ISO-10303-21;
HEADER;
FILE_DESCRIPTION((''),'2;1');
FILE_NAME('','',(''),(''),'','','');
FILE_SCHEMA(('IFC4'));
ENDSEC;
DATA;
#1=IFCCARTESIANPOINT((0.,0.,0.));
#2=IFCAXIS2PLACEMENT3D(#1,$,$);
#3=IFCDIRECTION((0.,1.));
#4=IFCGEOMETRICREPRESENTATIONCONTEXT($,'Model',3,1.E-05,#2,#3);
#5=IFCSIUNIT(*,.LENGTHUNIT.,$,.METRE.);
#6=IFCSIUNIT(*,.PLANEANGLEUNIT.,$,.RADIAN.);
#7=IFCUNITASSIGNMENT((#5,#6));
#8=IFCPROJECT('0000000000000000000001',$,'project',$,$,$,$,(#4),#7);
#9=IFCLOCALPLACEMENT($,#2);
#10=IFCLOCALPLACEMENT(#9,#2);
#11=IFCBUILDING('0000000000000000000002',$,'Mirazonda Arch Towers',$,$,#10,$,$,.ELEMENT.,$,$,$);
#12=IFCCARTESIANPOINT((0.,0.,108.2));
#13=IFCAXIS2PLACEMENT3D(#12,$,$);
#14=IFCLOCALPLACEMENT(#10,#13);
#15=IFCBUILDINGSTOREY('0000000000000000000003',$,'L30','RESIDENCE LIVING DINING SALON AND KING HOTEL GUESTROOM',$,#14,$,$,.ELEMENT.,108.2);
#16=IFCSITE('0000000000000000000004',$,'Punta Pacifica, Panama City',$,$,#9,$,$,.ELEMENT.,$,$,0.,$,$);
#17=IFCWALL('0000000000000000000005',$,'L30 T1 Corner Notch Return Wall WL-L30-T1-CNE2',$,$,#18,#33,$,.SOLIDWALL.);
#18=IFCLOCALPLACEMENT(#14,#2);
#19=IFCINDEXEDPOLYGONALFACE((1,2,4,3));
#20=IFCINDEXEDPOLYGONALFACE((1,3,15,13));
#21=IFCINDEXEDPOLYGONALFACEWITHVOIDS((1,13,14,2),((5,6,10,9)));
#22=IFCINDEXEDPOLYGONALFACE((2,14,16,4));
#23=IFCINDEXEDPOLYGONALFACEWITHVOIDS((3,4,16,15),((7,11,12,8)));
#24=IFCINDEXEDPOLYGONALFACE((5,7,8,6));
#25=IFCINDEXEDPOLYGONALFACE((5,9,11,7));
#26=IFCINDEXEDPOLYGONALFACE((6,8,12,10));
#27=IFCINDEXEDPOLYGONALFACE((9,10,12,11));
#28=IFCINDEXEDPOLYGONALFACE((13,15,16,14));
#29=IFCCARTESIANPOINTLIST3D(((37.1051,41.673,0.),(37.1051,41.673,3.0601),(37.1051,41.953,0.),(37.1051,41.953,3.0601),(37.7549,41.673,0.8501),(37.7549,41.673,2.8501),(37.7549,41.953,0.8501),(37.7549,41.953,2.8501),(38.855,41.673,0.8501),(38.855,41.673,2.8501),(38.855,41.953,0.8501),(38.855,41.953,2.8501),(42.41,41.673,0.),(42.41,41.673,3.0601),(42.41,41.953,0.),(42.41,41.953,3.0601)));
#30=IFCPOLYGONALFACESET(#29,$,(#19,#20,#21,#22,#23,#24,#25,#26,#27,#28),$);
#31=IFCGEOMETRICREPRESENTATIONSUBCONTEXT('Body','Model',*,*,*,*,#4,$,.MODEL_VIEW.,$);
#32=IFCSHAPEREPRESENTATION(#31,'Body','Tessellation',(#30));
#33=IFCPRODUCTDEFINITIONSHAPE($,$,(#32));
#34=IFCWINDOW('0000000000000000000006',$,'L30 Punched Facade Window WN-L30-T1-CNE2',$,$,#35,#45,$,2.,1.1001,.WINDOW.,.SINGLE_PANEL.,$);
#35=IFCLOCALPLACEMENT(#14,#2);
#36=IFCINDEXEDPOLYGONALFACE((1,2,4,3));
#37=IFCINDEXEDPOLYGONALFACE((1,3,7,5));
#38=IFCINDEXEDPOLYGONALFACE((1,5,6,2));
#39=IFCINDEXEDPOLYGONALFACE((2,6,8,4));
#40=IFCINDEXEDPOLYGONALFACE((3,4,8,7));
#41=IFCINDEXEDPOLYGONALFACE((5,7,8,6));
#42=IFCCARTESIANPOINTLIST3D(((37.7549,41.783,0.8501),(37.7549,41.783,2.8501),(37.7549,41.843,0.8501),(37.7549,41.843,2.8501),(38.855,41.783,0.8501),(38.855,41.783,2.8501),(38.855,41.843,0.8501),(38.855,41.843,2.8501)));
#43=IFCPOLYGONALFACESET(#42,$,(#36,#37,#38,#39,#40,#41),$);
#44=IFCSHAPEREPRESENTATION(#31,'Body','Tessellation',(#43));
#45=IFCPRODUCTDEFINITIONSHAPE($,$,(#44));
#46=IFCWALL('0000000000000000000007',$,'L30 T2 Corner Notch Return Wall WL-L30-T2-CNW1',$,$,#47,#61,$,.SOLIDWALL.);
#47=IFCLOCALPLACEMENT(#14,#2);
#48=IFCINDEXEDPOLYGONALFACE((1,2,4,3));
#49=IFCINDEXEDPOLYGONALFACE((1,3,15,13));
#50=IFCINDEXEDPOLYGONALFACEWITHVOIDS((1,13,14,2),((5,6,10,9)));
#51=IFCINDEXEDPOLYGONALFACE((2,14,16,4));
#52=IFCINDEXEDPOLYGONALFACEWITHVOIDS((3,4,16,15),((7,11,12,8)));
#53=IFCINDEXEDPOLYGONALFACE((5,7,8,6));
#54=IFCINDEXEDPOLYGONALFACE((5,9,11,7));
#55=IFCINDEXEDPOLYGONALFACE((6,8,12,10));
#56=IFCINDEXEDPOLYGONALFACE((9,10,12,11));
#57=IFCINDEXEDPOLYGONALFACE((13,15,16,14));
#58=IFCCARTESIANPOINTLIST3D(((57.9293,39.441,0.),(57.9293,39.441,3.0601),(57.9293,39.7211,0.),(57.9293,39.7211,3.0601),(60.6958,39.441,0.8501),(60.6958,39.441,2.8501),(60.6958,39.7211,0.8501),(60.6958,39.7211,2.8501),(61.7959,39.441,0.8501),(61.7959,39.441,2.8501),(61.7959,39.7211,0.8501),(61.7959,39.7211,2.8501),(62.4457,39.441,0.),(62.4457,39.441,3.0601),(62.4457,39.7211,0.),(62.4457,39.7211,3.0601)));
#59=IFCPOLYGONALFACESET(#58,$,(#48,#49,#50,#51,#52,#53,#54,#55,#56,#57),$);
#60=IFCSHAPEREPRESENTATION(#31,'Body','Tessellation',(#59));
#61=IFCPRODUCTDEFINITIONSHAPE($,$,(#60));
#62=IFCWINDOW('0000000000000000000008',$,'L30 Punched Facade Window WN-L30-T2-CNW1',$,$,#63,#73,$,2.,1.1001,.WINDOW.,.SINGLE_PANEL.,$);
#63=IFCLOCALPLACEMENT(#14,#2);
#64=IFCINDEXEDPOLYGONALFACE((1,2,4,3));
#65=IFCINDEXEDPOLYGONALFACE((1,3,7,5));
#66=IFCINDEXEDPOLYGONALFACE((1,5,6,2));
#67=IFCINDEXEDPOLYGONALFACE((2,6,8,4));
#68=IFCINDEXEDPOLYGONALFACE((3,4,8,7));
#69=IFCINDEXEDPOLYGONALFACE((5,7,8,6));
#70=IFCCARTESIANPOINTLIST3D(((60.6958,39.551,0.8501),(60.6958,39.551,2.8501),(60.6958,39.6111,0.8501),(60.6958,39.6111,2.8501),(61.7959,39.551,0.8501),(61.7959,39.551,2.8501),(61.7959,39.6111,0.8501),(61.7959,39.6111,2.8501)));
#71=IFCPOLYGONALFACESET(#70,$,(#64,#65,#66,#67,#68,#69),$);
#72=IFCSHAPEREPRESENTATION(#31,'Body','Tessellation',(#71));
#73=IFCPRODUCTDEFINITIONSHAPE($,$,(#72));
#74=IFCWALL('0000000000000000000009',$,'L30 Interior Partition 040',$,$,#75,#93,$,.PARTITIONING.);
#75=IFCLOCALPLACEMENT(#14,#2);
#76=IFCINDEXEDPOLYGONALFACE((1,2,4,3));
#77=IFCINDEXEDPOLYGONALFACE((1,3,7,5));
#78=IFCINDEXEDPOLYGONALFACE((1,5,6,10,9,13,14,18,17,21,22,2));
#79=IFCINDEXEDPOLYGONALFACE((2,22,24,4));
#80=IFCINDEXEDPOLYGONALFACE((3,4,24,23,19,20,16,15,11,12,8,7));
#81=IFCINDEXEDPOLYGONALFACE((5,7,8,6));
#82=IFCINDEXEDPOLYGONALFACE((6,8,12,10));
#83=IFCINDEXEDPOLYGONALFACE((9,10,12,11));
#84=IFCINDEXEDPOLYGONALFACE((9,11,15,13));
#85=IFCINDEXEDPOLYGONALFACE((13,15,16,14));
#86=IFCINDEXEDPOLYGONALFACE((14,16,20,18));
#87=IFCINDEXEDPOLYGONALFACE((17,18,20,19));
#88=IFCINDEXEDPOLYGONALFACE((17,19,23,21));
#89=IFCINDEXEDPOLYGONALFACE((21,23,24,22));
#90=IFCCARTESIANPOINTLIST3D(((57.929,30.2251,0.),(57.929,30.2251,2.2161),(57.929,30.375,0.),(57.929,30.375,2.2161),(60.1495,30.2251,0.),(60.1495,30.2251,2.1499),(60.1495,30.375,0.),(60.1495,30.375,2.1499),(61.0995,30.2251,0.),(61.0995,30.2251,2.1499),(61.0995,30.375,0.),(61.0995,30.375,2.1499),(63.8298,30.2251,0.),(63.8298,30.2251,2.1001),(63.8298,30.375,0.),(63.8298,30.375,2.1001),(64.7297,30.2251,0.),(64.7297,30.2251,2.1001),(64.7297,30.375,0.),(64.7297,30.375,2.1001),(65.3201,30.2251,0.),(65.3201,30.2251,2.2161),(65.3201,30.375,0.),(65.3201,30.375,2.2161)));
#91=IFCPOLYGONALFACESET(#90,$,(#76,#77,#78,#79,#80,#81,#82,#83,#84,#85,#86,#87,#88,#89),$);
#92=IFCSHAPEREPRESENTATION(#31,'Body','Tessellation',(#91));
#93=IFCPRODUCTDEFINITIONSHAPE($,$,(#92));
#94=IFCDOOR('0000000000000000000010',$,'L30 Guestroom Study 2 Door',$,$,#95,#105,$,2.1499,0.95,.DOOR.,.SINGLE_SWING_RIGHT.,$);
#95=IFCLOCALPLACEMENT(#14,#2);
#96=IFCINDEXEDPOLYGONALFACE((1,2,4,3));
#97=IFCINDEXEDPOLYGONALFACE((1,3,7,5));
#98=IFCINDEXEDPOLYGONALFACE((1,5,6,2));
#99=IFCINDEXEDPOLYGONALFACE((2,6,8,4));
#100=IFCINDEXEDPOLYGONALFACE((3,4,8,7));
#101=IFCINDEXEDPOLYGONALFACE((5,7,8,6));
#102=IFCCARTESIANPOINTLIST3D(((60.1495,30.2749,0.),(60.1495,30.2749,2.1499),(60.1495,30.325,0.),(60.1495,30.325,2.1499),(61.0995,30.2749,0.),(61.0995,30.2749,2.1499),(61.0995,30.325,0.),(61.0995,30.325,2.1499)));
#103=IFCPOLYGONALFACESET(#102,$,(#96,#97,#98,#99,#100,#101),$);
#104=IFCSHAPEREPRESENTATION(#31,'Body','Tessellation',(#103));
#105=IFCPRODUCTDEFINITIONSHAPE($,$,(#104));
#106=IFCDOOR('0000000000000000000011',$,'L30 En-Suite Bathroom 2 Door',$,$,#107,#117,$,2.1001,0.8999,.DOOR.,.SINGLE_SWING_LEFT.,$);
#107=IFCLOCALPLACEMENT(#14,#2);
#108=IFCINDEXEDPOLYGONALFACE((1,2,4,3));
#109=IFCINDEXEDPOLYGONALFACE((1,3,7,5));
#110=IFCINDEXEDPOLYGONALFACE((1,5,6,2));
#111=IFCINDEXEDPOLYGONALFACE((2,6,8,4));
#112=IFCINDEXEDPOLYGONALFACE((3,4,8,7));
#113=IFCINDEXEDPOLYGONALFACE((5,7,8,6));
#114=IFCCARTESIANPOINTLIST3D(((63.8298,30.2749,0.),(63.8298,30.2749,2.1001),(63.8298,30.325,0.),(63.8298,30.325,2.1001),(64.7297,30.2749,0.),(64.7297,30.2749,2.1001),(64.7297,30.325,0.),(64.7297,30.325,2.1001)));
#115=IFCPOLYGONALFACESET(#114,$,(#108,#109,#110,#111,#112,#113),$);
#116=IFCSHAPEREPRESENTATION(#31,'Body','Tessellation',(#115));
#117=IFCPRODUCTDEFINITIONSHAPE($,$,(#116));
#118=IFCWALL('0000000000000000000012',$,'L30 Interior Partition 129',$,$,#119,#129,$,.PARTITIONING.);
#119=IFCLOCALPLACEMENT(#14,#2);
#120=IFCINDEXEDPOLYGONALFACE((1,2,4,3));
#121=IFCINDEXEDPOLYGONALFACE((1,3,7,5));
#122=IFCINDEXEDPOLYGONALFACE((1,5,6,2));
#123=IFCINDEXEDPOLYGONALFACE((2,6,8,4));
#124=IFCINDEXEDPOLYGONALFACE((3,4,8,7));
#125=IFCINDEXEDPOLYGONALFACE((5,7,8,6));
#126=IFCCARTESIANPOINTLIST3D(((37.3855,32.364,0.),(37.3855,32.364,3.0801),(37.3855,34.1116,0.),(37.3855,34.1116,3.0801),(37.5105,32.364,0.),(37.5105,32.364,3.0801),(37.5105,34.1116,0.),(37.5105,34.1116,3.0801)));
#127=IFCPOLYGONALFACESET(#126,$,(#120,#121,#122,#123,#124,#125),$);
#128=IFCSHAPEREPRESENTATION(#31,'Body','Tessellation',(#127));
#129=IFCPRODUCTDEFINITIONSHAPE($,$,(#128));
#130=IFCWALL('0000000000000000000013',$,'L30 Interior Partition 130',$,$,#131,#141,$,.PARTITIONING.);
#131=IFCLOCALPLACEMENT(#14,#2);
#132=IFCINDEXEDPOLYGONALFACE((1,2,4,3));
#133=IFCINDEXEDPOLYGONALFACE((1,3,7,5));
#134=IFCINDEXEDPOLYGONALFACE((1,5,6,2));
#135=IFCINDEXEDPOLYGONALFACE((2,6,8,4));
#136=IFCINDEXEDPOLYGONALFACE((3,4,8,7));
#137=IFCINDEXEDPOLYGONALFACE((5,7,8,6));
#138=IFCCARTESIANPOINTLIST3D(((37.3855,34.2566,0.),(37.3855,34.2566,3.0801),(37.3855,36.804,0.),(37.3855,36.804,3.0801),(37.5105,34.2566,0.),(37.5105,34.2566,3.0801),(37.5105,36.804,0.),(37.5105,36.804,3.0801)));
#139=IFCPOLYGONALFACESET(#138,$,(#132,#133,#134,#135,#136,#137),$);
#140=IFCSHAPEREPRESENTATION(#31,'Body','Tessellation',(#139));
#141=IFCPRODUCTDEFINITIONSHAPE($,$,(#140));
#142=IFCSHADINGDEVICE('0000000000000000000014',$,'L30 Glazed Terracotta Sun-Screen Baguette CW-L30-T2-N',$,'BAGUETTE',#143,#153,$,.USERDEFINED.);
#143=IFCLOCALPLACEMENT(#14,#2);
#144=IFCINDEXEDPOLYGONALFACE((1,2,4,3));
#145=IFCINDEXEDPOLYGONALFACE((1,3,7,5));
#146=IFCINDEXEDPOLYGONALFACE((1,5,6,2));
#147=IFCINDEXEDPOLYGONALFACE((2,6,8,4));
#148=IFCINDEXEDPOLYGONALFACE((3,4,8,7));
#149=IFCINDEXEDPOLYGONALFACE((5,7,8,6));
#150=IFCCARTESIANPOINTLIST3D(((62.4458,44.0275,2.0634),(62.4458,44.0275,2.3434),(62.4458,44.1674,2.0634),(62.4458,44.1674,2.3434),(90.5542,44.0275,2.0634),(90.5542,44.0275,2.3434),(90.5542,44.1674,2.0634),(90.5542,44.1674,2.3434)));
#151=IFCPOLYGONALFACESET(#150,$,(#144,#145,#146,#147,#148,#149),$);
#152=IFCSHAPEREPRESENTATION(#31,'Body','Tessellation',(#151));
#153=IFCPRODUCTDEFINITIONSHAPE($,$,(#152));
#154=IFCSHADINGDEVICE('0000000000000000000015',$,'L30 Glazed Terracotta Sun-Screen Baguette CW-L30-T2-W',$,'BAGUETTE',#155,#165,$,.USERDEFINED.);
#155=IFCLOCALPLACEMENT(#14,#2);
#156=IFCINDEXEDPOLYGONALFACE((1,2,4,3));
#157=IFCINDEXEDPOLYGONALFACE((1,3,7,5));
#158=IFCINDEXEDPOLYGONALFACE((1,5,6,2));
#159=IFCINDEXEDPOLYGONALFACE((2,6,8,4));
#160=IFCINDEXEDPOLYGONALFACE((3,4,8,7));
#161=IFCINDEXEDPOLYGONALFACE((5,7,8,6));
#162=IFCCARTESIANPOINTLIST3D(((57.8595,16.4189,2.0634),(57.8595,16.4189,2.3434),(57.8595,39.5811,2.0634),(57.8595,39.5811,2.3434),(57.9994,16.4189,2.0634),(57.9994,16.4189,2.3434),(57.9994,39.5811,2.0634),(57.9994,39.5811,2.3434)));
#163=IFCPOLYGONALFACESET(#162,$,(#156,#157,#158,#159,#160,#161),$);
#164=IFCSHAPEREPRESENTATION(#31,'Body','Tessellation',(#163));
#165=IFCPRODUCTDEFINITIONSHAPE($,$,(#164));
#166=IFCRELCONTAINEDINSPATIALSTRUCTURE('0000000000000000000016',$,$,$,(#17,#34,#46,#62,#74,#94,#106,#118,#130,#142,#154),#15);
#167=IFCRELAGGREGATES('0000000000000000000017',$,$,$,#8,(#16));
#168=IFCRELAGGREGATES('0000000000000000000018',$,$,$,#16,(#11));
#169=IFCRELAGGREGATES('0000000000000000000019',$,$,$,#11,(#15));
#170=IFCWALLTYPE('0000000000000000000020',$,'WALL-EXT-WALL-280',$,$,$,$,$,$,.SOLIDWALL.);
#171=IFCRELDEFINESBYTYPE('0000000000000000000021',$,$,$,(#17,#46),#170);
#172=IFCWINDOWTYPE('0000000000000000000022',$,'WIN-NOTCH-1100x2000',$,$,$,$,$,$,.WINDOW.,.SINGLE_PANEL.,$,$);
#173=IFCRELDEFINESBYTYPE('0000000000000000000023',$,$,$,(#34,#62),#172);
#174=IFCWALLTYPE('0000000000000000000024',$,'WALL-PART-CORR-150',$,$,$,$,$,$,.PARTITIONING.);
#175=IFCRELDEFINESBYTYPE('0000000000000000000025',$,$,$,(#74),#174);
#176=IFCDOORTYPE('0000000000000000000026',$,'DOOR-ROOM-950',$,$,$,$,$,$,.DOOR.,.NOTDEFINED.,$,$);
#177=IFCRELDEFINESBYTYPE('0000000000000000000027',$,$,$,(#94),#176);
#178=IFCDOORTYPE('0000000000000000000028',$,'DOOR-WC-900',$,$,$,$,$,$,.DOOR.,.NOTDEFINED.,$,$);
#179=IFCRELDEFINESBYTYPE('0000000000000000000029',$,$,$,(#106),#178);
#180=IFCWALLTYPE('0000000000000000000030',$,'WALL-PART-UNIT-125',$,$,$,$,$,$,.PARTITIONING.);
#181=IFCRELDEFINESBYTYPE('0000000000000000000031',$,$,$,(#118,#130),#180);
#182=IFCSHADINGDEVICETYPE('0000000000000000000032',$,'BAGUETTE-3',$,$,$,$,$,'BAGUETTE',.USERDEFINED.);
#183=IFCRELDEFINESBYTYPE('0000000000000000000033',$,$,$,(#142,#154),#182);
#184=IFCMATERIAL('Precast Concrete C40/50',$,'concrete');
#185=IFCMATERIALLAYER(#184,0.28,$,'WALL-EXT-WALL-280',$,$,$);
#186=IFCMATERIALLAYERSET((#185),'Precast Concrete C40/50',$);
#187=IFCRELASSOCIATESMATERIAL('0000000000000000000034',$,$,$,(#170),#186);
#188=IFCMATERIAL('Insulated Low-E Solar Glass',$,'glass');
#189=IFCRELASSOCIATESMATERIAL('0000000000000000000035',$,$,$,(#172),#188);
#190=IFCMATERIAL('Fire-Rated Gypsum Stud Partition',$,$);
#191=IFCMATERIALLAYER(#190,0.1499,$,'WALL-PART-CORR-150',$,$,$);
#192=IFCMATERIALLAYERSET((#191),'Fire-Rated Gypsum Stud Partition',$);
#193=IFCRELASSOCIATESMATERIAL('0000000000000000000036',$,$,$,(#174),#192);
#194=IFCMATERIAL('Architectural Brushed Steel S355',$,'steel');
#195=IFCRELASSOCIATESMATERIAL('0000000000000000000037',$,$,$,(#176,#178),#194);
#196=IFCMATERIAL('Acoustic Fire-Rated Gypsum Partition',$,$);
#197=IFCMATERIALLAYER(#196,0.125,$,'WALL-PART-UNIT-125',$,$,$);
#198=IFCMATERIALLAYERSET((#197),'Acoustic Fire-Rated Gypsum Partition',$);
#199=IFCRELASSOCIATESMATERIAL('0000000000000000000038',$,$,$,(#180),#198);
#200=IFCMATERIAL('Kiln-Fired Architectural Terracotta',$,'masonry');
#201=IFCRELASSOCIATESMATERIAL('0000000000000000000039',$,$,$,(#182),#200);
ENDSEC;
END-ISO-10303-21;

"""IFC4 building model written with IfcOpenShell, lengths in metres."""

from ifc_helpers import new_model, si_unit, direction, frame, frame_2d, origin, origin_2d, place, context, subcontext, project, spatial, rectangle, extrude, material, layer, layer_set, material_profile, profile_set, type_object, element, fill, save


model = new_model("IFC4")

# Units and contexts
model_context = context("Model", 3, precision=1e-05, world=origin(), true_north=direction((0.0, 1.0)))
body_context = subcontext(model_context, "Body", "Model", "MODEL_VIEW")
ifc_project = project(units=[si_unit("LENGTHUNIT", "METRE"), si_unit("PLANEANGLEUNIT", "RADIAN")], contexts=[model_context])

# Site, building, storey
site_placement = place(None, origin())
site = spatial("IfcSite", under=ifc_project, at=site_placement, Name="Punta Pacifica, Panama City", CompositionType="ELEMENT", RefElevation=0.0)
building_placement = place(site_placement, origin())
building = spatial("IfcBuilding", under=site, at=building_placement, Name="Mirazonda Arch Towers", CompositionType="ELEMENT")
storey_placement = place(building_placement, frame((0.0, 0.0, 108.2)))
storey = spatial("IfcBuildingStorey", under=building, at=storey_placement, Name="L30", Description="RESIDENCE LIVING DINING SALON AND KING HOTEL GUESTROOM", CompositionType="ELEMENT", Elevation=108.2)

# Shared definitions
ifc_material_1 = material(Name="Insulated Low-E Solar Glass", Category="glass")

# Walls, openings, windows
ifc_material_2 = material(Name="Precast Concrete C40/50", Category="concrete")
ifc_layer_1 = layer(ifc_material_2, 0.28, Name="WALL-EXT-WALL-280")
ifc_layer_set_1 = layer_set([ifc_layer_1], Name="Precast Concrete C40/50")
wall_type_1 = type_object("IfcWallType", Name="WALL-EXT-WALL-280", PredefinedType="SOLIDWALL", material=ifc_layer_set_1)
window_type = type_object("IfcWindowType", Name="WIN-NOTCH-1100x2000", PartitioningType="SINGLE_PANEL", PredefinedType="WINDOW", material=ifc_material_1)
wall_1_placement = place(storey_placement, frame((42.4099, 41.813, 0.0), z_axis=(0.0, 0.0, 1.0), x_axis=(-1.0, 0.0, 0.0)))
wall_1 = element("IfcWall", 1, at=wall_1_placement, inside=storey, type_object=wall_type_1, Name="L30 T1 Corner Notch Return Wall WL-L30-T1-CNE2", PredefinedType="SOLIDWALL", context=body_context, shape_type="SweptSolid", body=[
    extrude(rectangle(XDim=5.3049, YDim=0.28, at=frame_2d((2.6523, 0.0))), origin(), (0.0, 0.0, 1.0), 3.0601),
])
opening_1_placement = place(wall_1_placement, frame((3.5549, 0.0, 0.8501)))
opening_1 = element("IfcOpeningElement", 2, at=opening_1_placement, cuts=wall_1, PredefinedType="OPENING", context=body_context, shape_type="SweptSolid", body=[
    extrude(rectangle(XDim=1.1001, YDim=2.0, at=frame_2d((0.55, 1.0))), frame((0.0, 0.1499, 0.0), z_axis=(0.0, -1.0, 0.0), x_axis=(1.0, 0.0, 0.0)), (0.0, 0.0, 1.0), 0.3),
])
window_1_placement = place(opening_1_placement, origin())
window_1 = element("IfcWindow", 3, at=window_1_placement, inside=storey, type_object=window_type, Name="L30 Punched Facade Window WN-L30-T1-CNE2", OverallHeight=2.0, OverallWidth=1.1001, PartitioningType="SINGLE_PANEL", PredefinedType="WINDOW", context=body_context, shape_type="SweptSolid", body=[
    extrude(rectangle(XDim=1.1001, YDim=2.0, at=frame_2d((0.55, 1.0))), frame((0.0, 0.03, 0.0), z_axis=(0.0, -1.0, 0.0), x_axis=(1.0, 0.0, 0.0)), (0.0, 0.0, 1.0), 0.0601),
])
fill(opening_1, window_1)
wall_2_placement = place(storey_placement, frame((62.4458, 39.5811, 0.0), z_axis=(0.0, 0.0, 1.0), x_axis=(-1.0, 0.0, 0.0)))
wall_2 = element("IfcWall", 4, at=wall_2_placement, inside=storey, type_object=wall_type_1, Name="L30 T2 Corner Notch Return Wall WL-L30-T2-CNW1", PredefinedType="SOLIDWALL", context=body_context, shape_type="SweptSolid", body=[
    extrude(rectangle(XDim=4.5164, YDim=0.28, at=frame_2d((2.2583, 0.0))), origin(), (0.0, 0.0, 1.0), 3.0601),
])
opening_2_placement = place(wall_2_placement, frame((0.6499, 0.0, 0.8501)))
opening_2 = element("IfcOpeningElement", 5, at=opening_2_placement, cuts=wall_2, PredefinedType="OPENING", context=body_context, shape_type="SweptSolid", body=[
    extrude(rectangle(XDim=1.1001, YDim=2.0, at=frame_2d((0.55, 1.0))), frame((0.0, 0.1499, 0.0), z_axis=(0.0, -1.0, 0.0), x_axis=(1.0, 0.0, 0.0)), (0.0, 0.0, 1.0), 0.3),
])
window_2_placement = place(opening_2_placement, origin())
window_2 = element("IfcWindow", 6, at=window_2_placement, inside=storey, type_object=window_type, Name="L30 Punched Facade Window WN-L30-T2-CNW1", OverallHeight=2.0, OverallWidth=1.1001, PartitioningType="SINGLE_PANEL", PredefinedType="WINDOW", context=body_context, shape_type="SweptSolid", body=[
    extrude(rectangle(XDim=1.1001, YDim=2.0, at=frame_2d((0.55, 1.0))), frame((0.0, 0.03, 0.0), z_axis=(0.0, -1.0, 0.0), x_axis=(1.0, 0.0, 0.0)), (0.0, 0.0, 1.0), 0.0601),
])
fill(opening_2, window_2)

# Wall, openings, doors
ifc_material_3 = material(Name="Fire-Rated Gypsum Stud Partition")
ifc_layer_2 = layer(ifc_material_3, 0.1499, Name="WALL-PART-CORR-150")
ifc_layer_set_2 = layer_set([ifc_layer_2], Name="Fire-Rated Gypsum Stud Partition")
wall_type_2 = type_object("IfcWallType", Name="WALL-PART-CORR-150", PredefinedType="PARTITIONING", material=ifc_layer_set_2)
wall_3_placement = place(storey_placement, frame((57.929, 30.3, 0.0), z_axis=(0.0, 0.0, 1.0), x_axis=(1.0, 0.0, 0.0)))
wall_3 = element("IfcWall", 7, at=wall_3_placement, inside=storey, type_object=wall_type_2, Name="L30 Interior Partition 040", PredefinedType="PARTITIONING", context=body_context, shape_type="SweptSolid", body=[
    extrude(rectangle(XDim=7.3911, YDim=0.1499, at=frame_2d((3.6956, 0.0))), origin(), (0.0, 0.0, 1.0), 2.2161),
])
opening_3_placement = place(wall_3_placement, frame((2.2205, 0.0, 0.0)))
opening_3 = element("IfcOpeningElement", 8, at=opening_3_placement, cuts=wall_3, PredefinedType="OPENING", context=body_context, shape_type="SweptSolid", body=[
    extrude(rectangle(XDim=0.95, YDim=2.1499, at=frame_2d((0.4751, 1.075))), frame((0.0, 0.085, 0.0), z_axis=(0.0, -1.0, 0.0), x_axis=(1.0, 0.0, 0.0)), (0.0, 0.0, 1.0), 0.1699),
])
opening_4_placement = place(wall_3_placement, frame((5.9009, 0.0, 0.0)))
opening_4 = element("IfcOpeningElement", 9, at=opening_4_placement, cuts=wall_3, PredefinedType="OPENING", context=body_context, shape_type="SweptSolid", body=[
    extrude(rectangle(XDim=0.8999, YDim=2.1001, at=frame_2d((0.45, 1.05))), frame((0.0, 0.085, 0.0), z_axis=(0.0, -1.0, 0.0), x_axis=(1.0, 0.0, 0.0)), (0.0, 0.0, 1.0), 0.1699),
])
ifc_material_4 = material(Name="Architectural Brushed Steel S355", Category="steel")
door_type_1 = type_object("IfcDoorType", Name="DOOR-ROOM-950", OperationType="NOTDEFINED", PredefinedType="DOOR", material=ifc_material_4)
door_1_placement = place(opening_3_placement, origin())
door_1 = element("IfcDoor", 10, at=door_1_placement, inside=storey, type_object=door_type_1, Name="L30 Guestroom Study 2 Door", OperationType="SINGLE_SWING_RIGHT", OverallHeight=2.1499, OverallWidth=0.95, PredefinedType="DOOR", context=body_context, shape_type="SweptSolid", body=[
    extrude(rectangle(XDim=0.95, YDim=2.1499, at=frame_2d((0.4751, 1.075))), frame((0.0, 0.0249, 0.0), z_axis=(0.0, -1.0, 0.0), x_axis=(1.0, 0.0, 0.0)), (0.0, 0.0, 1.0), 0.05),
])
fill(opening_3, door_1)
door_type_2 = type_object("IfcDoorType", Name="DOOR-WC-900", OperationType="NOTDEFINED", PredefinedType="DOOR", material=ifc_material_4)
door_2_placement = place(opening_4_placement, origin())
door_2 = element("IfcDoor", 11, at=door_2_placement, inside=storey, type_object=door_type_2, Name="L30 En-Suite Bathroom 2 Door", OperationType="SINGLE_SWING_LEFT", OverallHeight=2.1001, OverallWidth=0.8999, PredefinedType="DOOR", context=body_context, shape_type="SweptSolid", body=[
    extrude(rectangle(XDim=0.8999, YDim=2.1001, at=frame_2d((0.45, 1.05))), frame((0.0, 0.0249, 0.0), z_axis=(0.0, -1.0, 0.0), x_axis=(1.0, 0.0, 0.0)), (0.0, 0.0, 1.0), 0.05),
])
fill(opening_4, door_2)

# Walls
ifc_material_5 = material(Name="Acoustic Fire-Rated Gypsum Partition")
ifc_layer_3 = layer(ifc_material_5, 0.125, Name="WALL-PART-UNIT-125")
ifc_layer_set_3 = layer_set([ifc_layer_3], Name="Acoustic Fire-Rated Gypsum Partition")
wall_type_3 = type_object("IfcWallType", Name="WALL-PART-UNIT-125", PredefinedType="PARTITIONING", material=ifc_layer_set_3)
wall_4_placement = place(storey_placement, frame((37.448, 32.364, 0.0), z_axis=(0.0, 0.0, 1.0), x_axis=(0.0, 1.0, 0.0)))
element("IfcWall", 12, at=wall_4_placement, inside=storey, type_object=wall_type_3, Name="L30 Interior Partition 129", PredefinedType="PARTITIONING", context=body_context, shape_type="SweptSolid", body=[
    extrude(rectangle(XDim=1.7476, YDim=0.125, at=frame_2d((0.8738, 0.0))), origin(), (0.0, 0.0, 1.0), 3.0801),
])
wall_5_placement = place(storey_placement, frame((37.448, 34.2566, 0.0), z_axis=(0.0, 0.0, 1.0), x_axis=(0.0, 1.0, 0.0)))
element("IfcWall", 13, at=wall_5_placement, inside=storey, type_object=wall_type_3, Name="L30 Interior Partition 130", PredefinedType="PARTITIONING", context=body_context, shape_type="SweptSolid", body=[
    extrude(rectangle(XDim=2.5474, YDim=0.125, at=frame_2d((1.2737, 0.0))), origin(), (0.0, 0.0, 1.0), 3.0801),
])

# Shading devices
ifc_material_6 = material(Name="Kiln-Fired Architectural Terracotta", Category="masonry")
ifc_material_profile_1 = material_profile(ifc_material_6, rectangle(XDim=0.1399, YDim=0.28, at=origin_2d()), Name="TERRA-BAG-140x280")
ifc_profile_set_1 = profile_set([ifc_material_profile_1], Name="Kiln-Fired Architectural Terracotta")
shading_device_type = type_object("IfcShadingDeviceType", Name="BAGUETTE-3", ElementType="BAGUETTE", PredefinedType="USERDEFINED", material=ifc_profile_set_1)
shading_device_1_placement = place(storey_placement, frame((62.4458, 44.0974, 2.2034), z_axis=(1.0, 0.0, 0.0), x_axis=(0.0, 1.0, 0.0)))
element("IfcShadingDevice", 14, at=shading_device_1_placement, inside=storey, type_object=shading_device_type, Name="L30 Glazed Terracotta Sun-Screen Baguette CW-L30-T2-N", ObjectType="BAGUETTE", PredefinedType="USERDEFINED", context=body_context, shape_type="SweptSolid", body=[
    extrude(rectangle(XDim=0.1399, YDim=0.28, at=origin_2d()), origin(), (0.0, 0.0, 1.0), 28.1084),
])
shading_device_2_placement = place(storey_placement, frame((57.9294, 39.5811, 2.2034), z_axis=(0.0, -1.0, 0.0), x_axis=(1.0, 0.0, 0.0)))
element("IfcShadingDevice", 15, at=shading_device_2_placement, inside=storey, type_object=shading_device_type, Name="L30 Glazed Terracotta Sun-Screen Baguette CW-L30-T2-W", ObjectType="BAGUETTE", PredefinedType="USERDEFINED", context=body_context, shape_type="SweptSolid", body=[
    extrude(rectangle(XDim=0.1399, YDim=0.28, at=origin_2d()), origin(), (0.0, 0.0, 1.0), 23.1621),
])

save(model, "model.ifc")
